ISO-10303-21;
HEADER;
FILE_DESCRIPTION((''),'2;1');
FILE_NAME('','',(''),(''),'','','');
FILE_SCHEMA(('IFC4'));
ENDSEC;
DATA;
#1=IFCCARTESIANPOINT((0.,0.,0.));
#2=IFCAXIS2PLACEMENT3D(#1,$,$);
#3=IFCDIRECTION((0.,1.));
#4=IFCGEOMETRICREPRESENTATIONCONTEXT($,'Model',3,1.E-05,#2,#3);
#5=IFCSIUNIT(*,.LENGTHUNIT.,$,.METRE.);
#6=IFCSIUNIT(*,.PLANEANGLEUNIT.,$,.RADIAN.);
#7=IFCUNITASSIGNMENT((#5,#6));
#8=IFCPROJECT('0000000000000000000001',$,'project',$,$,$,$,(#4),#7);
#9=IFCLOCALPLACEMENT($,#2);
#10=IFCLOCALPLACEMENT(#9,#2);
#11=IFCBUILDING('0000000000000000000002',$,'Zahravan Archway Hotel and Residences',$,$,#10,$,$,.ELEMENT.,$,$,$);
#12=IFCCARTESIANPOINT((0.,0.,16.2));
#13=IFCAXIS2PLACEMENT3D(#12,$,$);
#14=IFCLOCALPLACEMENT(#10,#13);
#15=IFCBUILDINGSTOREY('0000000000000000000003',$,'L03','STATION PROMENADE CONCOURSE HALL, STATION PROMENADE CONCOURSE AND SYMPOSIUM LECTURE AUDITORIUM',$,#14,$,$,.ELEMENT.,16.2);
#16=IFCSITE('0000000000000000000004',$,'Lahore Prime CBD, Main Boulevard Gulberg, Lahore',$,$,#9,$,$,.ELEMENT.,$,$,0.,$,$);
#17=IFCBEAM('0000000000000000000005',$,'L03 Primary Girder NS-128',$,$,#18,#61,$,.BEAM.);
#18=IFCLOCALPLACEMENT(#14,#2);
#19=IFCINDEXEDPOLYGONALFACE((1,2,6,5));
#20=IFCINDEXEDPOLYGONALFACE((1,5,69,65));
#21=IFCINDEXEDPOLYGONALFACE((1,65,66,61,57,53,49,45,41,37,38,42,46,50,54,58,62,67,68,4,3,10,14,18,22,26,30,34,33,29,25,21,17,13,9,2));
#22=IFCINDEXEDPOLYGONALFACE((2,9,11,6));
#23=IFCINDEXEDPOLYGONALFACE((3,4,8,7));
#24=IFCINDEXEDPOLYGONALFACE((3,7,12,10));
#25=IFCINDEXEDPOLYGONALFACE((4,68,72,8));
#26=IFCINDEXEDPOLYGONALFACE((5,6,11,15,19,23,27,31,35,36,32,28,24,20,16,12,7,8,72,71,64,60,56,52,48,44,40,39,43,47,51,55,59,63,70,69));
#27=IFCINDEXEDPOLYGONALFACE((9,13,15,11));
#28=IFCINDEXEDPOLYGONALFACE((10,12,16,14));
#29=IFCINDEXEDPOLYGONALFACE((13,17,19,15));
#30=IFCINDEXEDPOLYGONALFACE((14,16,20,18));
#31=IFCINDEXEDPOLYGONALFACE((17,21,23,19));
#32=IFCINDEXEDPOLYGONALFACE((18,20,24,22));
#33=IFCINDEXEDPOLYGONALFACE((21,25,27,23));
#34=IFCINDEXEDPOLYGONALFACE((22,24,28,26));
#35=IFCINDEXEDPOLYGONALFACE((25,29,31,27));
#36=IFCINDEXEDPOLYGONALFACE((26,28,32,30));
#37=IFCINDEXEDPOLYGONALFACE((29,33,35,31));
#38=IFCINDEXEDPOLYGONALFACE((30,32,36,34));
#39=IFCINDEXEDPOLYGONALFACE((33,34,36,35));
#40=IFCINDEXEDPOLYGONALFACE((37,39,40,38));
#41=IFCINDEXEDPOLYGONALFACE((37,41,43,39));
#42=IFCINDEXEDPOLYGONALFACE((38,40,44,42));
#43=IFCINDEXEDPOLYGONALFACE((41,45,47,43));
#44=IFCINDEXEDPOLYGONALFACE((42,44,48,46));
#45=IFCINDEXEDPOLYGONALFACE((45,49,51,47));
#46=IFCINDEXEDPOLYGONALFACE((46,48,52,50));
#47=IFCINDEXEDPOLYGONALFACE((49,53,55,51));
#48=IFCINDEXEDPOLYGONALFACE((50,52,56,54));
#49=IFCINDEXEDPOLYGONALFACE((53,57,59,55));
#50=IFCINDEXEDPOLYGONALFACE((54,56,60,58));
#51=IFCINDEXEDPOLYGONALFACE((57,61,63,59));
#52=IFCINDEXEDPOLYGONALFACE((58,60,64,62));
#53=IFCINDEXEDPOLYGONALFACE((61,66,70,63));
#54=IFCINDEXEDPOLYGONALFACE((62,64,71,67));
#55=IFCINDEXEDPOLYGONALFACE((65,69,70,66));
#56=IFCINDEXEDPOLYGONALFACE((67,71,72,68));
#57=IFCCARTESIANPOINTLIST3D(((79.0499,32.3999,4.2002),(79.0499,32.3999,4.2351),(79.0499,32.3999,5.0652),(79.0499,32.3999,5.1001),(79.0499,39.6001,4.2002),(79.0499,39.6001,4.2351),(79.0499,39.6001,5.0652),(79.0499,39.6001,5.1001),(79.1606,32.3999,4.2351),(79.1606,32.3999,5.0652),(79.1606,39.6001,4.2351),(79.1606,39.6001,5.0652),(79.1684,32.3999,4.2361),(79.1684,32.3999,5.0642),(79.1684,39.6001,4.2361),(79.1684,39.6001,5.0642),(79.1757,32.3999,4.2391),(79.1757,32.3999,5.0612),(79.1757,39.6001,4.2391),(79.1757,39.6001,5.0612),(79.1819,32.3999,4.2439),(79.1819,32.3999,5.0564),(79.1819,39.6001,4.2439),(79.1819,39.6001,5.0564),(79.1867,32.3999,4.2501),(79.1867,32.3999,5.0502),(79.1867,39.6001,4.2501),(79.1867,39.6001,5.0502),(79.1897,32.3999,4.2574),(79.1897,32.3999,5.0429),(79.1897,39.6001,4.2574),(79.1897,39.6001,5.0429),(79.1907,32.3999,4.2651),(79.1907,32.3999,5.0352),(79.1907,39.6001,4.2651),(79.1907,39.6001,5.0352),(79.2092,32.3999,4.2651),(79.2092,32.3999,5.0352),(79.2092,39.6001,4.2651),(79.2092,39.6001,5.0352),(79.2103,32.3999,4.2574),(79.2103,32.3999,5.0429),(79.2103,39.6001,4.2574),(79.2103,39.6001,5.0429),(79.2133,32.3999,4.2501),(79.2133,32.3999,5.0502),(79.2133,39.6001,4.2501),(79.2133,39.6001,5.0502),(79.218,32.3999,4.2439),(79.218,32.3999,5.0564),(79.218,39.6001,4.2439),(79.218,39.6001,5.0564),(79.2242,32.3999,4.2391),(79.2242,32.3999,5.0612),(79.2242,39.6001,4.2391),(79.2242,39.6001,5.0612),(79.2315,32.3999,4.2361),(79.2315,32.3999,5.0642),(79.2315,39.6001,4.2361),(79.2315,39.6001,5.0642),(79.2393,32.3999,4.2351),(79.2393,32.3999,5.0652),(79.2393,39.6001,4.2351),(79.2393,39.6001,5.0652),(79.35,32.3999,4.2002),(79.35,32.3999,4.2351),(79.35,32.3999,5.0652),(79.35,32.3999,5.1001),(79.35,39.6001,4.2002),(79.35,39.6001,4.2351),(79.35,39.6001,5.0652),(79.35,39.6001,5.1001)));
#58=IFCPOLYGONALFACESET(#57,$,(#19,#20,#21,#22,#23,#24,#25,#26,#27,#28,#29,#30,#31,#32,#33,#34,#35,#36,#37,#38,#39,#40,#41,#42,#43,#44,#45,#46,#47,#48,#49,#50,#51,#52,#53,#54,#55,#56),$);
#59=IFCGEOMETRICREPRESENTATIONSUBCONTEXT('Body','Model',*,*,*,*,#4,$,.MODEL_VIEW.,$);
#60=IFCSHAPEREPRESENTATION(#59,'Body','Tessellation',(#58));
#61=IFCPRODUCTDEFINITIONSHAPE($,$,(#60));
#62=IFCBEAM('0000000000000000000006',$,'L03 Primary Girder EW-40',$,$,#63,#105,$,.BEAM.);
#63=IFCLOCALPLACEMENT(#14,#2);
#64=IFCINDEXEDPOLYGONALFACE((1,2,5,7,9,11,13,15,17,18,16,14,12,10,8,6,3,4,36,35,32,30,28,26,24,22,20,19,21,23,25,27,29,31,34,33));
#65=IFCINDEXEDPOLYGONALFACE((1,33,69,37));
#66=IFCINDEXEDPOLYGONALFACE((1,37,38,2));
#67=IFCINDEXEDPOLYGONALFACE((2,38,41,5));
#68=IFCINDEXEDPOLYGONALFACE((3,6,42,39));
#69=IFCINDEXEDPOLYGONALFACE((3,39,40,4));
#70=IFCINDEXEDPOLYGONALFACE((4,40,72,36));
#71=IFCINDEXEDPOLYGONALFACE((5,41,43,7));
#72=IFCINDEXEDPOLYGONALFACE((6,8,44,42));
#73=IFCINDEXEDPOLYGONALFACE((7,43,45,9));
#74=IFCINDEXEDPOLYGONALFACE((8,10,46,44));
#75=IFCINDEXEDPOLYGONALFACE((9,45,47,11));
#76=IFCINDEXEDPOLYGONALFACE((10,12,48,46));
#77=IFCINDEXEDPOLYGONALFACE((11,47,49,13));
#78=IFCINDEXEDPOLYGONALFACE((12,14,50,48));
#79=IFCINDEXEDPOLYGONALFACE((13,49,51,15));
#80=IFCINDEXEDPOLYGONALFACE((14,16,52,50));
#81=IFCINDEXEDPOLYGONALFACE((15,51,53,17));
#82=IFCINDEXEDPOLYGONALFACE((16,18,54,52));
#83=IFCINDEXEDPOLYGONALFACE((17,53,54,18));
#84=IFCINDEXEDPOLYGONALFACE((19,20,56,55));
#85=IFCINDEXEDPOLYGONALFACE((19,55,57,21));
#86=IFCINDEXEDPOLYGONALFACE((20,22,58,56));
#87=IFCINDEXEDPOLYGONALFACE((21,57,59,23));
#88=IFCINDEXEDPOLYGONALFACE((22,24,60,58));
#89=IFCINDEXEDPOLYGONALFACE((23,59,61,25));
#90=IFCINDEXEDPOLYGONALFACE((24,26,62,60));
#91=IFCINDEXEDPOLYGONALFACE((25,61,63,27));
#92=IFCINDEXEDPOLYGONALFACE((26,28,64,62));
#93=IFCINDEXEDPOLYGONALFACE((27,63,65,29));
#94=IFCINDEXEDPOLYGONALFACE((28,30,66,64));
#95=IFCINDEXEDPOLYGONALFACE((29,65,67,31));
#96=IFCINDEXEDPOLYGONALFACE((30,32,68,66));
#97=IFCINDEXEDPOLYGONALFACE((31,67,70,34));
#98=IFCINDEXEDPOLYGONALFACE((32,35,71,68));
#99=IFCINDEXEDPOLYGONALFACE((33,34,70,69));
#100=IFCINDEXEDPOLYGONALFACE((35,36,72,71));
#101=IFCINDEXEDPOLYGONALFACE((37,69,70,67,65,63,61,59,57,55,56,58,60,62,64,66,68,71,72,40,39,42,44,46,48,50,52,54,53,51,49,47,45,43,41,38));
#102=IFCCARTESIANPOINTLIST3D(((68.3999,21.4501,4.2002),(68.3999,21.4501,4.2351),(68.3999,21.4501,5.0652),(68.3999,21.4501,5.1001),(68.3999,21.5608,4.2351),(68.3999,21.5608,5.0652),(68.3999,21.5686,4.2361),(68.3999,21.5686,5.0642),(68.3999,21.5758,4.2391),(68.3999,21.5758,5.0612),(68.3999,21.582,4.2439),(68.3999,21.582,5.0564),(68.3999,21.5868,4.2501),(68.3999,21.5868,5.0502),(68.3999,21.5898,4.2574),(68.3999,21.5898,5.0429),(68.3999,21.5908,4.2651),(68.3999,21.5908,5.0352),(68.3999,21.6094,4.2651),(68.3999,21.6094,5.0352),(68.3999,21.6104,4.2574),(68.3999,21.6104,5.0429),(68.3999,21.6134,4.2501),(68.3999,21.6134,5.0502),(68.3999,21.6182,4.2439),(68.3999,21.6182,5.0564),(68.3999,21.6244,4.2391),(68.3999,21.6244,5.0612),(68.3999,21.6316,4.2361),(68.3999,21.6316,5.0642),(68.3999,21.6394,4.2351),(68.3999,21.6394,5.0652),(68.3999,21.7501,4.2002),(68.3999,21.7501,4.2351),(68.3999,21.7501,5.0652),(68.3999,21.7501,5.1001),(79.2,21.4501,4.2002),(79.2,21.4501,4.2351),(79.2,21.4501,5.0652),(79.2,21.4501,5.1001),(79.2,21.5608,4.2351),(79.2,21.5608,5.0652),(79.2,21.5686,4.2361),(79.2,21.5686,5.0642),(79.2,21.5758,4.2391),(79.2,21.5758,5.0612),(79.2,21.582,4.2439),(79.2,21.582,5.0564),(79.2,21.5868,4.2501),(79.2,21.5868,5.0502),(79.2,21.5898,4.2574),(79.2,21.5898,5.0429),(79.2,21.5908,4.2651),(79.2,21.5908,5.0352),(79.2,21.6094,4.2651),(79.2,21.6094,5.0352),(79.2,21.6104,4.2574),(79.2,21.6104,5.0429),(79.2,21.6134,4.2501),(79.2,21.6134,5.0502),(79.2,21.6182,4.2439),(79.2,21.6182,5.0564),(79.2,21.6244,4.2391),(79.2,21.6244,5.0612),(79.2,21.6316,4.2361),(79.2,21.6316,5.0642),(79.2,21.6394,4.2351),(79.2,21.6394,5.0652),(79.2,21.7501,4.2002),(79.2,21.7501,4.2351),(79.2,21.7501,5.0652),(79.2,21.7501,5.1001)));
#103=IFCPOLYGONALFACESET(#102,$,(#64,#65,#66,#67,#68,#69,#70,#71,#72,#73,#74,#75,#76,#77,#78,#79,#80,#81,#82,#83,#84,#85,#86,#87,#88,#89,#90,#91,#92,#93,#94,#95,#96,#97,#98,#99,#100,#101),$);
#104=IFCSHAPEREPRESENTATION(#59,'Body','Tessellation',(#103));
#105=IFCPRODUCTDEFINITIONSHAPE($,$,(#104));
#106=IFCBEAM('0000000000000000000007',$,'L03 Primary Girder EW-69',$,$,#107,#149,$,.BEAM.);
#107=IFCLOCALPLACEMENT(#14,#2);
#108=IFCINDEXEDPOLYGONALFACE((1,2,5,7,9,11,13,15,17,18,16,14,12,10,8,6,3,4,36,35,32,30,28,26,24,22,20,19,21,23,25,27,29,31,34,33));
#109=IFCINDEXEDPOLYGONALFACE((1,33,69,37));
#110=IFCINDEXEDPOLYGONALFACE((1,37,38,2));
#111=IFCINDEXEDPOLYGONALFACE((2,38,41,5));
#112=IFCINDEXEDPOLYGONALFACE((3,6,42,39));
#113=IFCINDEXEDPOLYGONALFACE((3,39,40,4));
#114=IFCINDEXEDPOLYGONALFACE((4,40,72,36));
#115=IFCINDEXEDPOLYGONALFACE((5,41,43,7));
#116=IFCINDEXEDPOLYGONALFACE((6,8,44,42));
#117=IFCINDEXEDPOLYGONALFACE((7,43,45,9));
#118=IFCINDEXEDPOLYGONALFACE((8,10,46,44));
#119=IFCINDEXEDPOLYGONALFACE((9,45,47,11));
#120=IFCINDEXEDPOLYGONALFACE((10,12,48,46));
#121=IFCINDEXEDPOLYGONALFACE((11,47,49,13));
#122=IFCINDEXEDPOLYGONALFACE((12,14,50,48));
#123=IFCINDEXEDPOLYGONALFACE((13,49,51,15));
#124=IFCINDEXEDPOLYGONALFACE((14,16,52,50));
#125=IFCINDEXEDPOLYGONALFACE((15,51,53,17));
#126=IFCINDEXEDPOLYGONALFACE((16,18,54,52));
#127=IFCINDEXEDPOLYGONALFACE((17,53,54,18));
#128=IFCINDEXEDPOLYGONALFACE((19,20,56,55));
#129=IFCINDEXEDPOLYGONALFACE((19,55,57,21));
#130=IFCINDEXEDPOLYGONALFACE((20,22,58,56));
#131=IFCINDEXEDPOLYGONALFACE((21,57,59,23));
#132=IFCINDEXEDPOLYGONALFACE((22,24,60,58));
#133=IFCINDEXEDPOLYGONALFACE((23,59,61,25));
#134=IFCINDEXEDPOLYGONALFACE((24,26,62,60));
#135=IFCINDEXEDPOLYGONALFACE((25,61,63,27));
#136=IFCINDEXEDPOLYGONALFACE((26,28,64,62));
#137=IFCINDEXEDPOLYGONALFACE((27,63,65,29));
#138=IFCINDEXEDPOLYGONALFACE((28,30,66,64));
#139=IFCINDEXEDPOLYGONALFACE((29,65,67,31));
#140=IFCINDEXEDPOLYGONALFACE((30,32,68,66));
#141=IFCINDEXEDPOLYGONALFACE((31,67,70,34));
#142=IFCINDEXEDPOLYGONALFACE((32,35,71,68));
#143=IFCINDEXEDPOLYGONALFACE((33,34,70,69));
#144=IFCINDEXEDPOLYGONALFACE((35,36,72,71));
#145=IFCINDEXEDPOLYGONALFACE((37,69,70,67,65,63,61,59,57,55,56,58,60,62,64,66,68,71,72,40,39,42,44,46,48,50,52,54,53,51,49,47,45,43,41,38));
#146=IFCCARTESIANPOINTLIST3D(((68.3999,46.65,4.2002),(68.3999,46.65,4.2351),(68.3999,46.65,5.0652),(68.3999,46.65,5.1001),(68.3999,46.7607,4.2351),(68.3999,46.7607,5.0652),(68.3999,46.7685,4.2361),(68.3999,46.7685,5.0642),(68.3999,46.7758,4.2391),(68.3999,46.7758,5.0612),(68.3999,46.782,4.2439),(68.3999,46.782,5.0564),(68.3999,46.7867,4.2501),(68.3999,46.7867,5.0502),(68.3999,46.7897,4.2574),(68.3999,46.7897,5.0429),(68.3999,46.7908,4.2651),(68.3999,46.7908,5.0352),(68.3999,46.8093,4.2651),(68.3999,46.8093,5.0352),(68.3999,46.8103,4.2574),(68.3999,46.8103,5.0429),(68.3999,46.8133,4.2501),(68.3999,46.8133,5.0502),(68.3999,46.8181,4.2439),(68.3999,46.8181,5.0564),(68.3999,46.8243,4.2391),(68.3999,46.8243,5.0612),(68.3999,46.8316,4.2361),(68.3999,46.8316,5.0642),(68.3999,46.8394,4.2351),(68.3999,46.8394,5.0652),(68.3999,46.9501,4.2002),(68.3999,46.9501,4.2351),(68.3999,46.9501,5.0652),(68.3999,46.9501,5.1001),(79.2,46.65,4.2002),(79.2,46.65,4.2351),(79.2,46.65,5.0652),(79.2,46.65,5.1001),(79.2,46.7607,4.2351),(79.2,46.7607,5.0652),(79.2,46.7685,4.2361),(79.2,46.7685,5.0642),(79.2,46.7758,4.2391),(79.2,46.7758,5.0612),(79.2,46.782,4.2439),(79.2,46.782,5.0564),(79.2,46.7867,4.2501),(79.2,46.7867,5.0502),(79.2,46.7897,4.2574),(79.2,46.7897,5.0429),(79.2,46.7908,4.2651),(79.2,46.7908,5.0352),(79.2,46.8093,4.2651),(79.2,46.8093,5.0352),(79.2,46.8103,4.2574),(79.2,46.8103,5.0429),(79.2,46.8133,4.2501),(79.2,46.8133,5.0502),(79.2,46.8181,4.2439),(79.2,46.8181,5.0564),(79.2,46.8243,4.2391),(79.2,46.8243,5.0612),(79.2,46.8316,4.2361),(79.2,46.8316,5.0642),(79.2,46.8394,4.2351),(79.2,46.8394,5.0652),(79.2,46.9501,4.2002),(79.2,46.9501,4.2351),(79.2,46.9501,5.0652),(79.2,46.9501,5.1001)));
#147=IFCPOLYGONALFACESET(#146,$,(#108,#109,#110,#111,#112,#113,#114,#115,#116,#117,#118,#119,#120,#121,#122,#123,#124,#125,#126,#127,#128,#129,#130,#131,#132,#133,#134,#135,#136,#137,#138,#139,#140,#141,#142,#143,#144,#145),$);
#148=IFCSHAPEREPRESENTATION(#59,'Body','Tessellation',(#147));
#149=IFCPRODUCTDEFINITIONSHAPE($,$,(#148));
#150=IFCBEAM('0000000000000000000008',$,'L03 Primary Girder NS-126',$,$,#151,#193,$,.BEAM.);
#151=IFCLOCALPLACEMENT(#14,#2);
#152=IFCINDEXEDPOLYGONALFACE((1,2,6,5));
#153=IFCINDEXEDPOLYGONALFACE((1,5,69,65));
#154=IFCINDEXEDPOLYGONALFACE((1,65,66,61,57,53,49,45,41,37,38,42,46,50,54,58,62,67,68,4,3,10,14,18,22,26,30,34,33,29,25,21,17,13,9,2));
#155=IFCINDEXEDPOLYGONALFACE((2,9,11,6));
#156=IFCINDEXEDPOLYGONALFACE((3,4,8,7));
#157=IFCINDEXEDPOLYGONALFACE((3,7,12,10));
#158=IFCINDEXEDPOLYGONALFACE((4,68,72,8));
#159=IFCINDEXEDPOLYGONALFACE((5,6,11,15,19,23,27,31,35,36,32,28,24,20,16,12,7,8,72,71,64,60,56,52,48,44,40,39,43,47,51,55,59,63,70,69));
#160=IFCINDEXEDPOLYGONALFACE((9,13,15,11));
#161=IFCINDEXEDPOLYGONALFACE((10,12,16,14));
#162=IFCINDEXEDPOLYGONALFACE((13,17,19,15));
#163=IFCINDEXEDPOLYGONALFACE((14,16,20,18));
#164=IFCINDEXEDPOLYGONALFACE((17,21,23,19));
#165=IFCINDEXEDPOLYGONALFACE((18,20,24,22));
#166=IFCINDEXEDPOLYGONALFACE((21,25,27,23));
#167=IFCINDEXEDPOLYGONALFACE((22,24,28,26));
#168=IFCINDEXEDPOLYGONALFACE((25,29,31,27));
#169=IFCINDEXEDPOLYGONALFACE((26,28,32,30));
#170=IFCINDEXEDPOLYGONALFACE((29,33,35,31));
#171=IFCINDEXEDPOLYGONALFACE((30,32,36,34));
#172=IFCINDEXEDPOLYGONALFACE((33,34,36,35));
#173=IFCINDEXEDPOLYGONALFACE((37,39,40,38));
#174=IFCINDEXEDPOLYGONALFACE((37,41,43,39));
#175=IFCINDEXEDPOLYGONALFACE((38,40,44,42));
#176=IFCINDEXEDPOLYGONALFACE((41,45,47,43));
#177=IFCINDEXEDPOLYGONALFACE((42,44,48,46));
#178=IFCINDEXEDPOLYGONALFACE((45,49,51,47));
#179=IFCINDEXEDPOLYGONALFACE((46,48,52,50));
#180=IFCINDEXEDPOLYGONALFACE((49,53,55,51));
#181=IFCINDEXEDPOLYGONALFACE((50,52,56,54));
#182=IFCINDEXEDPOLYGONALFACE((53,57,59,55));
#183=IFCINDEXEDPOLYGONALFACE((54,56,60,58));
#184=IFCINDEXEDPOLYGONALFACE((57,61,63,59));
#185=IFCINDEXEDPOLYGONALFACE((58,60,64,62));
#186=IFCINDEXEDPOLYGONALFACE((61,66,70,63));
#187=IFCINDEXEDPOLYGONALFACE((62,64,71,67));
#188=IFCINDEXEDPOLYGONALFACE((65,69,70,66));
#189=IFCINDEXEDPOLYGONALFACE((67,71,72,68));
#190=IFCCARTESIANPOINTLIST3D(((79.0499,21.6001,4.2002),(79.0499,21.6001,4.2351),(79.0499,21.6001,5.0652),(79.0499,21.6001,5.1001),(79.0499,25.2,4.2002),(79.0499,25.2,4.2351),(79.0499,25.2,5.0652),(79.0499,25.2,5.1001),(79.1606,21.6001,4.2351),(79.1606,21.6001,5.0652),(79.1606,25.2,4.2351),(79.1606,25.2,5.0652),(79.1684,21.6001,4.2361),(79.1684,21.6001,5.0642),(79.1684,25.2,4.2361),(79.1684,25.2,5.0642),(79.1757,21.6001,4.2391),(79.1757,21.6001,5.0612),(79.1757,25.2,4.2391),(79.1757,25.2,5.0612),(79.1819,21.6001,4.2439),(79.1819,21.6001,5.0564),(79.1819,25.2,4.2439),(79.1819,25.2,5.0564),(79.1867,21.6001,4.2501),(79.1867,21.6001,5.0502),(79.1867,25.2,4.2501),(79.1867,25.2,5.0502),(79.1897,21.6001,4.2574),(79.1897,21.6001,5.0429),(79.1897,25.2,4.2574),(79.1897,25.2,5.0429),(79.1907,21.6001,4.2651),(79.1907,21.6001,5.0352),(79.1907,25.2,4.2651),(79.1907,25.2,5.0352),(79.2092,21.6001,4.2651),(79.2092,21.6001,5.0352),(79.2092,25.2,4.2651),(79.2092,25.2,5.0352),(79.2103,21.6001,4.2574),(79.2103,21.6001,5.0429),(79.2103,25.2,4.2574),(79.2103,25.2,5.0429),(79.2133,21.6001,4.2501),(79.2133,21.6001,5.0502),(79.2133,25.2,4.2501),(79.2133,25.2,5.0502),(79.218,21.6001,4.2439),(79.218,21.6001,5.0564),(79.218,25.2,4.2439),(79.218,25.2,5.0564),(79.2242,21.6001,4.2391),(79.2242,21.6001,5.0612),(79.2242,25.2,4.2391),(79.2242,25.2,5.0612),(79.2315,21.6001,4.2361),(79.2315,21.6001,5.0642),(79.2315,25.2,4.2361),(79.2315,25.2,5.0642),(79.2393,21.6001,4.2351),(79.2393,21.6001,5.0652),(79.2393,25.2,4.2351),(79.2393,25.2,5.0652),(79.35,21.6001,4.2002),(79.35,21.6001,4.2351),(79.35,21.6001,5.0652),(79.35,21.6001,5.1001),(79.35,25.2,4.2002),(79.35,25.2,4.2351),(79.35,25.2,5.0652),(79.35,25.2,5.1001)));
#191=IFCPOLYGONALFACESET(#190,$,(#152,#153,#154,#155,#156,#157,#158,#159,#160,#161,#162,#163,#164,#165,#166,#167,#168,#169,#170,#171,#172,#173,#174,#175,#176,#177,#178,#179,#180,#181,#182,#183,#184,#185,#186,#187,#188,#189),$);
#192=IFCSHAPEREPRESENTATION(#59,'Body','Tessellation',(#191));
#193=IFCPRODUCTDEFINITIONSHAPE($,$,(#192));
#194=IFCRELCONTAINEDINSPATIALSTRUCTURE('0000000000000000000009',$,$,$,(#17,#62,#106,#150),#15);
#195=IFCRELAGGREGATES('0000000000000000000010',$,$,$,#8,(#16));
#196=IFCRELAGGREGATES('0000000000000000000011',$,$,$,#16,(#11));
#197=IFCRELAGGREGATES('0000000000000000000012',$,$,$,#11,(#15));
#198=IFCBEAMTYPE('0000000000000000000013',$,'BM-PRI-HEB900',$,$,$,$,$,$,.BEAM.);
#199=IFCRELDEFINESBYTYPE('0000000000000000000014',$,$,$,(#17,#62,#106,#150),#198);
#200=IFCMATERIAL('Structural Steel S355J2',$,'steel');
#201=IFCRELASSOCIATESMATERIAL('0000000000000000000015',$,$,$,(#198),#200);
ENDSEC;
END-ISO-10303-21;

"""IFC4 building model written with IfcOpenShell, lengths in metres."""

from ifc_helpers import new_model, si_unit, direction, frame, origin, origin_2d, place, context, subcontext, project, spatial, i_section, extrude, source, transform, mapped, material, material_profile, profile_set, type_object, element, save


model = new_model("IFC4")

# Units and contexts
model_context = context("Model", 3, precision=1e-05, world=origin(), true_north=direction((0.0, 1.0)))
body_context = subcontext(model_context, "Body", "Model", "MODEL_VIEW")
ifc_project = project(units=[si_unit("LENGTHUNIT", "METRE"), si_unit("PLANEANGLEUNIT", "RADIAN")], contexts=[model_context])

# Site, building, storey
site_placement = place(None, origin())
site = spatial("IfcSite", under=ifc_project, at=site_placement, Name="Lahore Prime CBD, Main Boulevard Gulberg, Lahore", CompositionType="ELEMENT", RefElevation=0.0)
building_placement = place(site_placement, origin())
building = spatial("IfcBuilding", under=site, at=building_placement, Name="Zahravan Archway Hotel and Residences", CompositionType="ELEMENT")
storey_placement = place(building_placement, frame((0.0, 0.0, 16.2)))
storey = spatial("IfcBuildingStorey", under=building, at=storey_placement, Name="L03", Description="STATION PROMENADE CONCOURSE HALL, STATION PROMENADE CONCOURSE AND SYMPOSIUM LECTURE AUDITORIUM", CompositionType="ELEMENT", Elevation=16.2)

# Beams
ifc_material_1 = material(Name="Structural Steel S355J2", Category="steel")
ifc_material_profile_1 = material_profile(ifc_material_1, i_section(OverallWidth=0.3, OverallDepth=0.8999, WebThickness=0.0186, FlangeThickness=0.0349, FilletRadius=0.03, at=origin_2d()), Name="HEB 900", Category="steel")
ifc_profile_set_1 = profile_set([ifc_material_profile_1], Name="Structural Steel S355J2")
beam_type_1 = type_object("IfcBeamType", Name="BM-PRI-HEB900", PredefinedType="BEAM", material=ifc_profile_set_1)
shared_shape_1 = source(origin(), body_context, "Body", "SweptSolid", [
    extrude(i_section(OverallWidth=0.3, OverallDepth=0.8999, WebThickness=0.0186, FlangeThickness=0.0349, FilletRadius=0.03, at=origin_2d()), origin(), (0.0, 0.0, 1.0), 7.2002),
])
beam_1_placement = place(storey_placement, frame((79.2, 32.3999, 4.6501), z_axis=(0.0, 1.0, 0.0), x_axis=(-1.0, 0.0, 0.0)))
element("IfcBeam", 1, at=beam_1_placement, inside=storey, type_object=beam_type_1, Name="L03 Primary Girder NS-128", PredefinedType="BEAM", context=body_context, shape_type="MappedRepresentation", body=[
    mapped(shared_shape_1, transform((0.0, 0.0, 0.0), scale=1.0)),
])
shared_shape_2 = source(origin(), body_context, "Body", "SweptSolid", [
    extrude(i_section(OverallWidth=0.3, OverallDepth=0.8999, WebThickness=0.0186, FlangeThickness=0.0349, FilletRadius=0.03, at=origin_2d()), origin(), (0.0, 0.0, 1.0), 10.8),
])
for number, where, z_axis, x_axis, name in (
    (2, (68.3999, 21.6001, 4.6501), (1.0, 0.0, 0.0), (0.0, 1.0, 0.0), "L03 Primary Girder EW-40"),
    (3, (68.3999, 46.8, 4.6501), (1.0, 0.0, 0.0), (0.0, 1.0, 0.0), "L03 Primary Girder EW-69"),
):
    element("IfcBeam", number, at=place(storey_placement, frame(where, z_axis=z_axis, x_axis=x_axis)), inside=storey, type_object=beam_type_1, Name=name, PredefinedType="BEAM", context=body_context, shape_type="MappedRepresentation", body=[
        mapped(shared_shape_2, transform((0.0, 0.0, 0.0), scale=1.0)),
    ])
shared_shape_3 = source(origin(), body_context, "Body", "SweptSolid", [
    extrude(i_section(OverallWidth=0.3, OverallDepth=0.8999, WebThickness=0.0186, FlangeThickness=0.0349, FilletRadius=0.03, at=origin_2d()), origin(), (0.0, 0.0, 1.0), 3.5999),
])
beam_2_placement = place(storey_placement, frame((79.2, 21.6001, 4.6501), z_axis=(0.0, 1.0, 0.0), x_axis=(-1.0, 0.0, 0.0)))
element("IfcBeam", 4, at=beam_2_placement, inside=storey, type_object=beam_type_1, Name="L03 Primary Girder NS-126", PredefinedType="BEAM", context=body_context, shape_type="MappedRepresentation", body=[
    mapped(shared_shape_3, transform((0.0, 0.0, 0.0), scale=1.0)),
])

save(model, "model.ifc")
